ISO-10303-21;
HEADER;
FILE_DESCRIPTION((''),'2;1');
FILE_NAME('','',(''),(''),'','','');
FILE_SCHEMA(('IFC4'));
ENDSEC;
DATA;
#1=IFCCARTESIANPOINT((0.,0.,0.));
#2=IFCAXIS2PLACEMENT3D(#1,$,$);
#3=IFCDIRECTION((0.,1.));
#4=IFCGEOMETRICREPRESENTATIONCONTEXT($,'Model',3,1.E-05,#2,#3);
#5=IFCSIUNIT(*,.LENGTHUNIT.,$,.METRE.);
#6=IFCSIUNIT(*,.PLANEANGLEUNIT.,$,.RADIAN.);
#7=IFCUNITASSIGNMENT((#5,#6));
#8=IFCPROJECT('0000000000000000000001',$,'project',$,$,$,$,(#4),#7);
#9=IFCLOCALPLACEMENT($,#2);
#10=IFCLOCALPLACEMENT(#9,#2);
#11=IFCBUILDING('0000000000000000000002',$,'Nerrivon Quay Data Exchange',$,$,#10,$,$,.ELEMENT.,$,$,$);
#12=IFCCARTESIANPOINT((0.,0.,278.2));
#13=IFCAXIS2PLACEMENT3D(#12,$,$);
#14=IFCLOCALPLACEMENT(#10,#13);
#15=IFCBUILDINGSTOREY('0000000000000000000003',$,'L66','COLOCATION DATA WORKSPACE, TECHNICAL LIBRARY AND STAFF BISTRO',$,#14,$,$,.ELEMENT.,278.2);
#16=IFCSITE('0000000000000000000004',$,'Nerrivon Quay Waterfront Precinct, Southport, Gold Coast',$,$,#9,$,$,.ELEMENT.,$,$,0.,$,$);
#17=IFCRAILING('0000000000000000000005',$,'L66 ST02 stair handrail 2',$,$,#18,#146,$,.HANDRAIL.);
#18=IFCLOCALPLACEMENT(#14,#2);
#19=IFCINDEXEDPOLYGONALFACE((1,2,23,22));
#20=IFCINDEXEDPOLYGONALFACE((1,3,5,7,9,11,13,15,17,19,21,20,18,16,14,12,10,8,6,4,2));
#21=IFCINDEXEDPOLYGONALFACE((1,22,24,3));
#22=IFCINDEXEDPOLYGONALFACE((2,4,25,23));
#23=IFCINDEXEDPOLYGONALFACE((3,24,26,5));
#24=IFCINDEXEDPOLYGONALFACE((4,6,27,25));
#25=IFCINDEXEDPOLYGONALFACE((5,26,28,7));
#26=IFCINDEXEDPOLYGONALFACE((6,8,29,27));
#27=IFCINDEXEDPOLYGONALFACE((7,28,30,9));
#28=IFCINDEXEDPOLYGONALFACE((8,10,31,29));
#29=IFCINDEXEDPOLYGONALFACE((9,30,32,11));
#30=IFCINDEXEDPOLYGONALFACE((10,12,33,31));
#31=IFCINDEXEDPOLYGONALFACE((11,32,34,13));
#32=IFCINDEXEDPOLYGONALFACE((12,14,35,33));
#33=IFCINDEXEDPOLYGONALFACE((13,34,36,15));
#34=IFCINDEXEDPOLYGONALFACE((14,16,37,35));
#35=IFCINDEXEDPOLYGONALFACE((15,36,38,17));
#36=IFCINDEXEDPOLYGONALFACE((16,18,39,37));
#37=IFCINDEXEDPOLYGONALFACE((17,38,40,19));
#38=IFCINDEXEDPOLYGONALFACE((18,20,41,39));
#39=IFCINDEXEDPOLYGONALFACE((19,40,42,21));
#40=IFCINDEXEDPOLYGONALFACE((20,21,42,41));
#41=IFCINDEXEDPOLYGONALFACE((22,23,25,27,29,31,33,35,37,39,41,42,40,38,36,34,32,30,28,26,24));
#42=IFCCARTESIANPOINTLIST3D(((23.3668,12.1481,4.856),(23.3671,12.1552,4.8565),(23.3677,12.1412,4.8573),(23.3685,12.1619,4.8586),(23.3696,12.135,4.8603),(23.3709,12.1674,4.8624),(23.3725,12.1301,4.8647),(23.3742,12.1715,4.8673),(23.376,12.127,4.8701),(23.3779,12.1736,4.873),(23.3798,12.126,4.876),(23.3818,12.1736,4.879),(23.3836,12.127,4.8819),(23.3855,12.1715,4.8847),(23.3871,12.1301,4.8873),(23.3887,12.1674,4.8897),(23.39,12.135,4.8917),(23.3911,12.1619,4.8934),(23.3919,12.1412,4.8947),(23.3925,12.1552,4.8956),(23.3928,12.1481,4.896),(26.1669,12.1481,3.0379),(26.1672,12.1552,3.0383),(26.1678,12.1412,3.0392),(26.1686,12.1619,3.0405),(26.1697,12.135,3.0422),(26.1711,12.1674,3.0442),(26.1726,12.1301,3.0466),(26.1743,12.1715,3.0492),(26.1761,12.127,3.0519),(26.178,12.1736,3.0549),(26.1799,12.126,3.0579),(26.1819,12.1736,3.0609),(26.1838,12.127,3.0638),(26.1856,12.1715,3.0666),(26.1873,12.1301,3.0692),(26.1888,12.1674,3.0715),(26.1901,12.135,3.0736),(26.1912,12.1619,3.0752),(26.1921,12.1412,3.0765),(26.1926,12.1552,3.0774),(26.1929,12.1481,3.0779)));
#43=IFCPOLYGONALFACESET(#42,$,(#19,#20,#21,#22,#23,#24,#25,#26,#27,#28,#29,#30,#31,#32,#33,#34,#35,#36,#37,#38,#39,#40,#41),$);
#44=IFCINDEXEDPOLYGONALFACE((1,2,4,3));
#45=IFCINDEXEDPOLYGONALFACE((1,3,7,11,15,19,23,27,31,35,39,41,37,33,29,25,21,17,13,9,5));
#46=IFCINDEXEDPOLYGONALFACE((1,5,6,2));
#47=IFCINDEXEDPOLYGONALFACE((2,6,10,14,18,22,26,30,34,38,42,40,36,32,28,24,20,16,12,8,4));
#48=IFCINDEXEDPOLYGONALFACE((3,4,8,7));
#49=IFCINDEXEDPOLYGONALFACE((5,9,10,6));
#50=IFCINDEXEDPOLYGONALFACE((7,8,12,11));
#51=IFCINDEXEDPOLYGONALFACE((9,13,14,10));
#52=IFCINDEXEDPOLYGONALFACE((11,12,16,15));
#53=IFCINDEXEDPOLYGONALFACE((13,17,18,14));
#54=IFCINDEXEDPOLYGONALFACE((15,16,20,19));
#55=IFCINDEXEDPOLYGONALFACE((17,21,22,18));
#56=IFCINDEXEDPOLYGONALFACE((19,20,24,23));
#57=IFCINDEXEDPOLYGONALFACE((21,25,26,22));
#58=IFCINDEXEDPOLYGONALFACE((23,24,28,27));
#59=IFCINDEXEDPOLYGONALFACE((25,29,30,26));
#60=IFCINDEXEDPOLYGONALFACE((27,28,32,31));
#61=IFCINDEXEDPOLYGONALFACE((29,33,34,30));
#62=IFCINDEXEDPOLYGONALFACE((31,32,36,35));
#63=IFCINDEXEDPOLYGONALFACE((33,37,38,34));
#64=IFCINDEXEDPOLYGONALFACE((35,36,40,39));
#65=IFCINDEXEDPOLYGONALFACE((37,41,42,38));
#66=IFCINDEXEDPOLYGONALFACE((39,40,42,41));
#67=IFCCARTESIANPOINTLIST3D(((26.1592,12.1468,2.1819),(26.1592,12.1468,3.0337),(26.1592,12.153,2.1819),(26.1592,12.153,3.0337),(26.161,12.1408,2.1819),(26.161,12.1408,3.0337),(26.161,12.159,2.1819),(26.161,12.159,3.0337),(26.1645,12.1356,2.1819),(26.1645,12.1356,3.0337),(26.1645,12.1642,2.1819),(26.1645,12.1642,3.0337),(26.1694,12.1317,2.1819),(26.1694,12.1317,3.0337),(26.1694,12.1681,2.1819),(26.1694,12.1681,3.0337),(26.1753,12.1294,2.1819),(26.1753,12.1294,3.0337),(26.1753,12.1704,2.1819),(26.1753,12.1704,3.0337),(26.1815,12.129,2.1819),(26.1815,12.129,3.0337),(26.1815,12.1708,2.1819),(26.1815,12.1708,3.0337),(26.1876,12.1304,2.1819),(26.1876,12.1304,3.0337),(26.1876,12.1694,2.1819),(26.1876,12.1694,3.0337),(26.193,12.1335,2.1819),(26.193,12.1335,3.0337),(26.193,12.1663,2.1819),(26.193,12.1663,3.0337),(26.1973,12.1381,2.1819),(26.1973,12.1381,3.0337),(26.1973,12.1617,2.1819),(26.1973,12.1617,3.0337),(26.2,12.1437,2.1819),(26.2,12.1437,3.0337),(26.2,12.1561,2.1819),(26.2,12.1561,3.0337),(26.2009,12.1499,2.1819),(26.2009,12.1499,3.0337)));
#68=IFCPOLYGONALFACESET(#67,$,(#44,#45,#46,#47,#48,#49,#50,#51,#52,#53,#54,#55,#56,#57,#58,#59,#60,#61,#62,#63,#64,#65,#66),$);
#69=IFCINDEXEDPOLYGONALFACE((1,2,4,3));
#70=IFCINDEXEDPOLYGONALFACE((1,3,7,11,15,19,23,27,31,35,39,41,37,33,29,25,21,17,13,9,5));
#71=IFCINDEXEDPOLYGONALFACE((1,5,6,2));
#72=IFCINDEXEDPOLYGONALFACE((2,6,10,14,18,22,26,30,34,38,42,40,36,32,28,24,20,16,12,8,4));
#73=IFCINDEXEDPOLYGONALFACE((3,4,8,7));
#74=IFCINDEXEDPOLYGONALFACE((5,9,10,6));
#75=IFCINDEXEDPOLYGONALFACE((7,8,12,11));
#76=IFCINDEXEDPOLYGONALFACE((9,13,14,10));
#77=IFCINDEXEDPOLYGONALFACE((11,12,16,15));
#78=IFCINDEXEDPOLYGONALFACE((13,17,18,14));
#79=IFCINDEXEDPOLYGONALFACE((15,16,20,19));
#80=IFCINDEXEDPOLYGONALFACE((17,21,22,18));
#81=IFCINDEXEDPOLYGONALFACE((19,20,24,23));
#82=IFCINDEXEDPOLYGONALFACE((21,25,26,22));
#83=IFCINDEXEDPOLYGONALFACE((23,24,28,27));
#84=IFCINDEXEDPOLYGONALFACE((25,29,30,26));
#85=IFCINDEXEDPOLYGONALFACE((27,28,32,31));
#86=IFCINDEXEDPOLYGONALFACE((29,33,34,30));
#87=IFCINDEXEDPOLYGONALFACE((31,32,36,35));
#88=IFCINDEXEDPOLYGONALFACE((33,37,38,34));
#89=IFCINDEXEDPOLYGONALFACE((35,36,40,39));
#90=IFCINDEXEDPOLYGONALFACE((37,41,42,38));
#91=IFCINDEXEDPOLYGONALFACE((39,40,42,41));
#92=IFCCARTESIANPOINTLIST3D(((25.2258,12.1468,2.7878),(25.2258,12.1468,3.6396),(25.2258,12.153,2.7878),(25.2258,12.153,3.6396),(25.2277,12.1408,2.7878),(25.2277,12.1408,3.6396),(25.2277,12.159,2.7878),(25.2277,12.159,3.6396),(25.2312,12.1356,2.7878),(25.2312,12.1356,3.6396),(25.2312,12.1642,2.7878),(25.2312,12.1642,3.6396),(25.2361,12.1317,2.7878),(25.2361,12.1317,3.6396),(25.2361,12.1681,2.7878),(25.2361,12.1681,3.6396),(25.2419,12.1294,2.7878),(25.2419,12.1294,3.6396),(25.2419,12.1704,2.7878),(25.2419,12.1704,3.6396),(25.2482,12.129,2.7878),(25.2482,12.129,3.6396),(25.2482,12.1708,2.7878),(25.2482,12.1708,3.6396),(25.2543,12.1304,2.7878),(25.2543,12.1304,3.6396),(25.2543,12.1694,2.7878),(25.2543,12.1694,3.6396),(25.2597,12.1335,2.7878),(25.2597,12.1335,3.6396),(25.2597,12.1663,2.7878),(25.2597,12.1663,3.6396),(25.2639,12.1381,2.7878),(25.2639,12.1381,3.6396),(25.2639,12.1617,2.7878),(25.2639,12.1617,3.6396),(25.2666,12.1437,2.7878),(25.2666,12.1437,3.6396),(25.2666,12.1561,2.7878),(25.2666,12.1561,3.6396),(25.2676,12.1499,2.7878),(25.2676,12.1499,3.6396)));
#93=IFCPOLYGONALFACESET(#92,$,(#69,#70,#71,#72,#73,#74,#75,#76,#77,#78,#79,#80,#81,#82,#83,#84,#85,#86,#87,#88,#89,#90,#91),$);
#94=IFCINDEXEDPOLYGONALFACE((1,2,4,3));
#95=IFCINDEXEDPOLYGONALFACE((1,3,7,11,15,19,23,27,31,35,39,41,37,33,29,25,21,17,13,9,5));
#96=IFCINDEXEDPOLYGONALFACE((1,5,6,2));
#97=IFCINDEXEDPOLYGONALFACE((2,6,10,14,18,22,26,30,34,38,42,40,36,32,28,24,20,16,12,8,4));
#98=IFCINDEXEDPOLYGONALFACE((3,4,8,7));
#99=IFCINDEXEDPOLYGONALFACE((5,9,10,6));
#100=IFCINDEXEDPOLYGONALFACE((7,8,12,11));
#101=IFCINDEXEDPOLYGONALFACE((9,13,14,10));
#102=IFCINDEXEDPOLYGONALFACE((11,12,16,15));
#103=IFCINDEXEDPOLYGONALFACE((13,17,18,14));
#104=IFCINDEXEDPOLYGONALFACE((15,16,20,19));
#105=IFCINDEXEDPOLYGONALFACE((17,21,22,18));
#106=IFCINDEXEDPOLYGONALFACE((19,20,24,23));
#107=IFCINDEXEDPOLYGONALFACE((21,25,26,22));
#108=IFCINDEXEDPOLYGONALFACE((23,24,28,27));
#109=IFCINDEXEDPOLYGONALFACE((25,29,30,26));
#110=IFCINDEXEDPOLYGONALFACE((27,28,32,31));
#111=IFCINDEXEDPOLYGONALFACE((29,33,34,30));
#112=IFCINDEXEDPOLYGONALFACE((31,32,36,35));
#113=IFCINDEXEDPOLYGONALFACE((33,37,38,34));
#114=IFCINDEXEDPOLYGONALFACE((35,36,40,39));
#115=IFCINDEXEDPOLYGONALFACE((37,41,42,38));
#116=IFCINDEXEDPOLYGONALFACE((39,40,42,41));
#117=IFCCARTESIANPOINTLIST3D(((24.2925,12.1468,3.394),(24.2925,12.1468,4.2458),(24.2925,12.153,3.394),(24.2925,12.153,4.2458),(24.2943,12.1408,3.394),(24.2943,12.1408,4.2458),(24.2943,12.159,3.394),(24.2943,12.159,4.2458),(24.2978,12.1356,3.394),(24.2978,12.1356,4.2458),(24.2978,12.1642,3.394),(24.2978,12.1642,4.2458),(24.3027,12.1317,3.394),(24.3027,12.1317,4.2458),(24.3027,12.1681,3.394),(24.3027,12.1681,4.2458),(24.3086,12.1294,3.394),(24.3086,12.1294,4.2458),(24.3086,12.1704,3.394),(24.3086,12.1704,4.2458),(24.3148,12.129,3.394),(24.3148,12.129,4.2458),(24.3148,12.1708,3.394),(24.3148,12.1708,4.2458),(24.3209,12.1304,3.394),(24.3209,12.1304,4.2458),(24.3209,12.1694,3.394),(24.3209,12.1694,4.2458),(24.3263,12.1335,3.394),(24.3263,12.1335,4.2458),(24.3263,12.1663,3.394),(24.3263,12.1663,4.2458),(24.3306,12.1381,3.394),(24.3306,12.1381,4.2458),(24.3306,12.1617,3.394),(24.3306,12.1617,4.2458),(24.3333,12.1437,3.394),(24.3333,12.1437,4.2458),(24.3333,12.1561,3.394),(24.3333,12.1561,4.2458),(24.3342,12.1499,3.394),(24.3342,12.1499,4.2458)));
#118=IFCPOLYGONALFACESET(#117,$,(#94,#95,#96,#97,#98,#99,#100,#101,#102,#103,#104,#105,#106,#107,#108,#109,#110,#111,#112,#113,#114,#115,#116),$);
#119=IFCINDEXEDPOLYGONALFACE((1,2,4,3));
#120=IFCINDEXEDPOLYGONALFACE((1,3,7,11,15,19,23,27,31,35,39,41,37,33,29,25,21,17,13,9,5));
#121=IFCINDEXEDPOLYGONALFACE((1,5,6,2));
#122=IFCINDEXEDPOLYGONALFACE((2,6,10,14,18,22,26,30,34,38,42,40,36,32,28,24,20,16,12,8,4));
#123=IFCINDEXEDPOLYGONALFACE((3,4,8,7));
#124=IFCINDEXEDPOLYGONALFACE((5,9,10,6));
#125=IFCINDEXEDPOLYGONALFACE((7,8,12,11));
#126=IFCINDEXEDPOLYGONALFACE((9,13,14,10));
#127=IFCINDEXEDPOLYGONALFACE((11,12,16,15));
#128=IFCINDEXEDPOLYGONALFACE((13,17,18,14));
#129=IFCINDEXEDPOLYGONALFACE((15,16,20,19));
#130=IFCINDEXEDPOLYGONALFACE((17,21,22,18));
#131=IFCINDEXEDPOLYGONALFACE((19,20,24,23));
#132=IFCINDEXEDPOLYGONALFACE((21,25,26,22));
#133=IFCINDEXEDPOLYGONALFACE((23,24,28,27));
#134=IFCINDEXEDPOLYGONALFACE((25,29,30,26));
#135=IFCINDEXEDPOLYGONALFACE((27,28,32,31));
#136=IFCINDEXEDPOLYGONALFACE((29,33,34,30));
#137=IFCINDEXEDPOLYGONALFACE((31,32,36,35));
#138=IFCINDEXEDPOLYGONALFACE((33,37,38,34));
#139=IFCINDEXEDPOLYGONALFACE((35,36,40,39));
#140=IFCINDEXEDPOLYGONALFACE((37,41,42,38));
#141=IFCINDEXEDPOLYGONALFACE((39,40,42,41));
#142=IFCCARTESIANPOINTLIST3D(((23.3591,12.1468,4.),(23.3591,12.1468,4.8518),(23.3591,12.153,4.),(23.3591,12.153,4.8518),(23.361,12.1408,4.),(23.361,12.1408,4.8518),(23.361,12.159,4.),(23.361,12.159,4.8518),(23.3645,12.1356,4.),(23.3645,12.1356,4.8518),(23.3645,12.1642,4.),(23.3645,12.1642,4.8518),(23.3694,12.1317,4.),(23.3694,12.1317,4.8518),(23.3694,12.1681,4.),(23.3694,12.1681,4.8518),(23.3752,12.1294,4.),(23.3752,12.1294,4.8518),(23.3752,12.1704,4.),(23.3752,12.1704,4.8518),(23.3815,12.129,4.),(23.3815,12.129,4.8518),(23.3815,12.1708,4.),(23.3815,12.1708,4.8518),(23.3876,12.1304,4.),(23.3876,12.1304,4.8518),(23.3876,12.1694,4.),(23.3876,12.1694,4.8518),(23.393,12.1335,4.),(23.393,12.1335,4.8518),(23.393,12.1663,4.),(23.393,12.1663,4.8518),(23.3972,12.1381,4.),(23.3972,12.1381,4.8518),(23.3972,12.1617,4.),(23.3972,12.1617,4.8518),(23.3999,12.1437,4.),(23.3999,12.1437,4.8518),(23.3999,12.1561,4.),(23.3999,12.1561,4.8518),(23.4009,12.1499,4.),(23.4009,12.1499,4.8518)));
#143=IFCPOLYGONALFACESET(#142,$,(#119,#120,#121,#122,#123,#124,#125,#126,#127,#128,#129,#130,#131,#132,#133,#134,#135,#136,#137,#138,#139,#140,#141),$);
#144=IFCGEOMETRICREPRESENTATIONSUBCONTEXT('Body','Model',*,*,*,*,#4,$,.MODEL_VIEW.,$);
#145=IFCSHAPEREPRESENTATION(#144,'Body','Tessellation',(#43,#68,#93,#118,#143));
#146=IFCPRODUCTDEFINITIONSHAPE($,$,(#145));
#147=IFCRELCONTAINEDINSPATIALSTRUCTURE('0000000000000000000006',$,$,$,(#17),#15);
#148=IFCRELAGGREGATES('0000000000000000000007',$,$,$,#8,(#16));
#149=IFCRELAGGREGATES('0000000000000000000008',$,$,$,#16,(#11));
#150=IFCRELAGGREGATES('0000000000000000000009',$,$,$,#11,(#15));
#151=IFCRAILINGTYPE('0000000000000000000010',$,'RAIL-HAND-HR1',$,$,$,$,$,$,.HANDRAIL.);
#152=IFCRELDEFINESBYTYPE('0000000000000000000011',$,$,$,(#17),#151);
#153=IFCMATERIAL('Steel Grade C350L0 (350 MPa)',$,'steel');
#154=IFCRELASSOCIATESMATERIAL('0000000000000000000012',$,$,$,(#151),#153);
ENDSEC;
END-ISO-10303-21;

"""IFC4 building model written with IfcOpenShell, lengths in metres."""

from ifc_helpers import new_model, si_unit, direction, frame, origin, origin_2d, place, context, subcontext, project, spatial, circle, extrude, material, type_object, element, save


model = new_model("IFC4")

# Units and contexts
model_context = context("Model", 3, precision=1e-05, world=origin(), true_north=direction((0.0, 1.0)))
body_context = subcontext(model_context, "Body", "Model", "MODEL_VIEW")
ifc_project = project(units=[si_unit("LENGTHUNIT", "METRE"), si_unit("PLANEANGLEUNIT", "RADIAN")], contexts=[model_context])

# Site, building, storey
site_placement = place(None, origin())
site = spatial("IfcSite", under=ifc_project, at=site_placement, Name="Nerrivon Quay Waterfront Precinct, Southport, Gold Coast", CompositionType="ELEMENT", RefElevation=0.0)
building_placement = place(site_placement, origin())
building = spatial("IfcBuilding", under=site, at=building_placement, Name="Nerrivon Quay Data Exchange", CompositionType="ELEMENT")
storey_placement = place(building_placement, frame((0.0, 0.0, 278.2)))
storey = spatial("IfcBuildingStorey", under=building, at=storey_placement, Name="L66", Description="COLOCATION DATA WORKSPACE, TECHNICAL LIBRARY AND STAFF BISTRO", CompositionType="ELEMENT", Elevation=278.2)

# Railing
ifc_material_1 = material(Name="Steel Grade C350L0 (350 MPa)", Category="steel")
railing_type_1 = type_object("IfcRailingType", Name="RAIL-HAND-HR1", PredefinedType="HANDRAIL", material=ifc_material_1)
railing_1_placement = place(storey_placement, frame((26.1799, 12.1499, 2.1819)))
element("IfcRailing", 1, at=railing_1_placement, inside=storey, type_object=railing_type_1, Name="L66 ST02 stair handrail 2", PredefinedType="HANDRAIL", context=body_context, shape_type="SweptSolid", body=[
    extrude(circle(Radius=0.0239, at=origin_2d()), frame((0.0, 0.0, 0.876), z_axis=(-0.838706, 0.0, 0.544585), x_axis=(0.0, -1.0, 0.0)), (0.0, 0.0, 1.0), 3.3386),
    extrude(circle(Radius=0.021, at=origin_2d()), origin(), (0.0, 0.0, 1.0), 0.8518),
    extrude(circle(Radius=0.021, at=origin_2d()), frame((-0.9333, 0.0, 0.606)), (0.0, 0.0, 1.0), 0.8518),
    extrude(circle(Radius=0.021, at=origin_2d()), frame((-1.8667, 0.0, 1.2122)), (0.0, 0.0, 1.0), 0.8518),
    extrude(circle(Radius=0.021, at=origin_2d()), frame((-2.8, 0.0, 1.8181)), (0.0, 0.0, 1.0), 0.8518),
])

save(model, "model.ifc")
